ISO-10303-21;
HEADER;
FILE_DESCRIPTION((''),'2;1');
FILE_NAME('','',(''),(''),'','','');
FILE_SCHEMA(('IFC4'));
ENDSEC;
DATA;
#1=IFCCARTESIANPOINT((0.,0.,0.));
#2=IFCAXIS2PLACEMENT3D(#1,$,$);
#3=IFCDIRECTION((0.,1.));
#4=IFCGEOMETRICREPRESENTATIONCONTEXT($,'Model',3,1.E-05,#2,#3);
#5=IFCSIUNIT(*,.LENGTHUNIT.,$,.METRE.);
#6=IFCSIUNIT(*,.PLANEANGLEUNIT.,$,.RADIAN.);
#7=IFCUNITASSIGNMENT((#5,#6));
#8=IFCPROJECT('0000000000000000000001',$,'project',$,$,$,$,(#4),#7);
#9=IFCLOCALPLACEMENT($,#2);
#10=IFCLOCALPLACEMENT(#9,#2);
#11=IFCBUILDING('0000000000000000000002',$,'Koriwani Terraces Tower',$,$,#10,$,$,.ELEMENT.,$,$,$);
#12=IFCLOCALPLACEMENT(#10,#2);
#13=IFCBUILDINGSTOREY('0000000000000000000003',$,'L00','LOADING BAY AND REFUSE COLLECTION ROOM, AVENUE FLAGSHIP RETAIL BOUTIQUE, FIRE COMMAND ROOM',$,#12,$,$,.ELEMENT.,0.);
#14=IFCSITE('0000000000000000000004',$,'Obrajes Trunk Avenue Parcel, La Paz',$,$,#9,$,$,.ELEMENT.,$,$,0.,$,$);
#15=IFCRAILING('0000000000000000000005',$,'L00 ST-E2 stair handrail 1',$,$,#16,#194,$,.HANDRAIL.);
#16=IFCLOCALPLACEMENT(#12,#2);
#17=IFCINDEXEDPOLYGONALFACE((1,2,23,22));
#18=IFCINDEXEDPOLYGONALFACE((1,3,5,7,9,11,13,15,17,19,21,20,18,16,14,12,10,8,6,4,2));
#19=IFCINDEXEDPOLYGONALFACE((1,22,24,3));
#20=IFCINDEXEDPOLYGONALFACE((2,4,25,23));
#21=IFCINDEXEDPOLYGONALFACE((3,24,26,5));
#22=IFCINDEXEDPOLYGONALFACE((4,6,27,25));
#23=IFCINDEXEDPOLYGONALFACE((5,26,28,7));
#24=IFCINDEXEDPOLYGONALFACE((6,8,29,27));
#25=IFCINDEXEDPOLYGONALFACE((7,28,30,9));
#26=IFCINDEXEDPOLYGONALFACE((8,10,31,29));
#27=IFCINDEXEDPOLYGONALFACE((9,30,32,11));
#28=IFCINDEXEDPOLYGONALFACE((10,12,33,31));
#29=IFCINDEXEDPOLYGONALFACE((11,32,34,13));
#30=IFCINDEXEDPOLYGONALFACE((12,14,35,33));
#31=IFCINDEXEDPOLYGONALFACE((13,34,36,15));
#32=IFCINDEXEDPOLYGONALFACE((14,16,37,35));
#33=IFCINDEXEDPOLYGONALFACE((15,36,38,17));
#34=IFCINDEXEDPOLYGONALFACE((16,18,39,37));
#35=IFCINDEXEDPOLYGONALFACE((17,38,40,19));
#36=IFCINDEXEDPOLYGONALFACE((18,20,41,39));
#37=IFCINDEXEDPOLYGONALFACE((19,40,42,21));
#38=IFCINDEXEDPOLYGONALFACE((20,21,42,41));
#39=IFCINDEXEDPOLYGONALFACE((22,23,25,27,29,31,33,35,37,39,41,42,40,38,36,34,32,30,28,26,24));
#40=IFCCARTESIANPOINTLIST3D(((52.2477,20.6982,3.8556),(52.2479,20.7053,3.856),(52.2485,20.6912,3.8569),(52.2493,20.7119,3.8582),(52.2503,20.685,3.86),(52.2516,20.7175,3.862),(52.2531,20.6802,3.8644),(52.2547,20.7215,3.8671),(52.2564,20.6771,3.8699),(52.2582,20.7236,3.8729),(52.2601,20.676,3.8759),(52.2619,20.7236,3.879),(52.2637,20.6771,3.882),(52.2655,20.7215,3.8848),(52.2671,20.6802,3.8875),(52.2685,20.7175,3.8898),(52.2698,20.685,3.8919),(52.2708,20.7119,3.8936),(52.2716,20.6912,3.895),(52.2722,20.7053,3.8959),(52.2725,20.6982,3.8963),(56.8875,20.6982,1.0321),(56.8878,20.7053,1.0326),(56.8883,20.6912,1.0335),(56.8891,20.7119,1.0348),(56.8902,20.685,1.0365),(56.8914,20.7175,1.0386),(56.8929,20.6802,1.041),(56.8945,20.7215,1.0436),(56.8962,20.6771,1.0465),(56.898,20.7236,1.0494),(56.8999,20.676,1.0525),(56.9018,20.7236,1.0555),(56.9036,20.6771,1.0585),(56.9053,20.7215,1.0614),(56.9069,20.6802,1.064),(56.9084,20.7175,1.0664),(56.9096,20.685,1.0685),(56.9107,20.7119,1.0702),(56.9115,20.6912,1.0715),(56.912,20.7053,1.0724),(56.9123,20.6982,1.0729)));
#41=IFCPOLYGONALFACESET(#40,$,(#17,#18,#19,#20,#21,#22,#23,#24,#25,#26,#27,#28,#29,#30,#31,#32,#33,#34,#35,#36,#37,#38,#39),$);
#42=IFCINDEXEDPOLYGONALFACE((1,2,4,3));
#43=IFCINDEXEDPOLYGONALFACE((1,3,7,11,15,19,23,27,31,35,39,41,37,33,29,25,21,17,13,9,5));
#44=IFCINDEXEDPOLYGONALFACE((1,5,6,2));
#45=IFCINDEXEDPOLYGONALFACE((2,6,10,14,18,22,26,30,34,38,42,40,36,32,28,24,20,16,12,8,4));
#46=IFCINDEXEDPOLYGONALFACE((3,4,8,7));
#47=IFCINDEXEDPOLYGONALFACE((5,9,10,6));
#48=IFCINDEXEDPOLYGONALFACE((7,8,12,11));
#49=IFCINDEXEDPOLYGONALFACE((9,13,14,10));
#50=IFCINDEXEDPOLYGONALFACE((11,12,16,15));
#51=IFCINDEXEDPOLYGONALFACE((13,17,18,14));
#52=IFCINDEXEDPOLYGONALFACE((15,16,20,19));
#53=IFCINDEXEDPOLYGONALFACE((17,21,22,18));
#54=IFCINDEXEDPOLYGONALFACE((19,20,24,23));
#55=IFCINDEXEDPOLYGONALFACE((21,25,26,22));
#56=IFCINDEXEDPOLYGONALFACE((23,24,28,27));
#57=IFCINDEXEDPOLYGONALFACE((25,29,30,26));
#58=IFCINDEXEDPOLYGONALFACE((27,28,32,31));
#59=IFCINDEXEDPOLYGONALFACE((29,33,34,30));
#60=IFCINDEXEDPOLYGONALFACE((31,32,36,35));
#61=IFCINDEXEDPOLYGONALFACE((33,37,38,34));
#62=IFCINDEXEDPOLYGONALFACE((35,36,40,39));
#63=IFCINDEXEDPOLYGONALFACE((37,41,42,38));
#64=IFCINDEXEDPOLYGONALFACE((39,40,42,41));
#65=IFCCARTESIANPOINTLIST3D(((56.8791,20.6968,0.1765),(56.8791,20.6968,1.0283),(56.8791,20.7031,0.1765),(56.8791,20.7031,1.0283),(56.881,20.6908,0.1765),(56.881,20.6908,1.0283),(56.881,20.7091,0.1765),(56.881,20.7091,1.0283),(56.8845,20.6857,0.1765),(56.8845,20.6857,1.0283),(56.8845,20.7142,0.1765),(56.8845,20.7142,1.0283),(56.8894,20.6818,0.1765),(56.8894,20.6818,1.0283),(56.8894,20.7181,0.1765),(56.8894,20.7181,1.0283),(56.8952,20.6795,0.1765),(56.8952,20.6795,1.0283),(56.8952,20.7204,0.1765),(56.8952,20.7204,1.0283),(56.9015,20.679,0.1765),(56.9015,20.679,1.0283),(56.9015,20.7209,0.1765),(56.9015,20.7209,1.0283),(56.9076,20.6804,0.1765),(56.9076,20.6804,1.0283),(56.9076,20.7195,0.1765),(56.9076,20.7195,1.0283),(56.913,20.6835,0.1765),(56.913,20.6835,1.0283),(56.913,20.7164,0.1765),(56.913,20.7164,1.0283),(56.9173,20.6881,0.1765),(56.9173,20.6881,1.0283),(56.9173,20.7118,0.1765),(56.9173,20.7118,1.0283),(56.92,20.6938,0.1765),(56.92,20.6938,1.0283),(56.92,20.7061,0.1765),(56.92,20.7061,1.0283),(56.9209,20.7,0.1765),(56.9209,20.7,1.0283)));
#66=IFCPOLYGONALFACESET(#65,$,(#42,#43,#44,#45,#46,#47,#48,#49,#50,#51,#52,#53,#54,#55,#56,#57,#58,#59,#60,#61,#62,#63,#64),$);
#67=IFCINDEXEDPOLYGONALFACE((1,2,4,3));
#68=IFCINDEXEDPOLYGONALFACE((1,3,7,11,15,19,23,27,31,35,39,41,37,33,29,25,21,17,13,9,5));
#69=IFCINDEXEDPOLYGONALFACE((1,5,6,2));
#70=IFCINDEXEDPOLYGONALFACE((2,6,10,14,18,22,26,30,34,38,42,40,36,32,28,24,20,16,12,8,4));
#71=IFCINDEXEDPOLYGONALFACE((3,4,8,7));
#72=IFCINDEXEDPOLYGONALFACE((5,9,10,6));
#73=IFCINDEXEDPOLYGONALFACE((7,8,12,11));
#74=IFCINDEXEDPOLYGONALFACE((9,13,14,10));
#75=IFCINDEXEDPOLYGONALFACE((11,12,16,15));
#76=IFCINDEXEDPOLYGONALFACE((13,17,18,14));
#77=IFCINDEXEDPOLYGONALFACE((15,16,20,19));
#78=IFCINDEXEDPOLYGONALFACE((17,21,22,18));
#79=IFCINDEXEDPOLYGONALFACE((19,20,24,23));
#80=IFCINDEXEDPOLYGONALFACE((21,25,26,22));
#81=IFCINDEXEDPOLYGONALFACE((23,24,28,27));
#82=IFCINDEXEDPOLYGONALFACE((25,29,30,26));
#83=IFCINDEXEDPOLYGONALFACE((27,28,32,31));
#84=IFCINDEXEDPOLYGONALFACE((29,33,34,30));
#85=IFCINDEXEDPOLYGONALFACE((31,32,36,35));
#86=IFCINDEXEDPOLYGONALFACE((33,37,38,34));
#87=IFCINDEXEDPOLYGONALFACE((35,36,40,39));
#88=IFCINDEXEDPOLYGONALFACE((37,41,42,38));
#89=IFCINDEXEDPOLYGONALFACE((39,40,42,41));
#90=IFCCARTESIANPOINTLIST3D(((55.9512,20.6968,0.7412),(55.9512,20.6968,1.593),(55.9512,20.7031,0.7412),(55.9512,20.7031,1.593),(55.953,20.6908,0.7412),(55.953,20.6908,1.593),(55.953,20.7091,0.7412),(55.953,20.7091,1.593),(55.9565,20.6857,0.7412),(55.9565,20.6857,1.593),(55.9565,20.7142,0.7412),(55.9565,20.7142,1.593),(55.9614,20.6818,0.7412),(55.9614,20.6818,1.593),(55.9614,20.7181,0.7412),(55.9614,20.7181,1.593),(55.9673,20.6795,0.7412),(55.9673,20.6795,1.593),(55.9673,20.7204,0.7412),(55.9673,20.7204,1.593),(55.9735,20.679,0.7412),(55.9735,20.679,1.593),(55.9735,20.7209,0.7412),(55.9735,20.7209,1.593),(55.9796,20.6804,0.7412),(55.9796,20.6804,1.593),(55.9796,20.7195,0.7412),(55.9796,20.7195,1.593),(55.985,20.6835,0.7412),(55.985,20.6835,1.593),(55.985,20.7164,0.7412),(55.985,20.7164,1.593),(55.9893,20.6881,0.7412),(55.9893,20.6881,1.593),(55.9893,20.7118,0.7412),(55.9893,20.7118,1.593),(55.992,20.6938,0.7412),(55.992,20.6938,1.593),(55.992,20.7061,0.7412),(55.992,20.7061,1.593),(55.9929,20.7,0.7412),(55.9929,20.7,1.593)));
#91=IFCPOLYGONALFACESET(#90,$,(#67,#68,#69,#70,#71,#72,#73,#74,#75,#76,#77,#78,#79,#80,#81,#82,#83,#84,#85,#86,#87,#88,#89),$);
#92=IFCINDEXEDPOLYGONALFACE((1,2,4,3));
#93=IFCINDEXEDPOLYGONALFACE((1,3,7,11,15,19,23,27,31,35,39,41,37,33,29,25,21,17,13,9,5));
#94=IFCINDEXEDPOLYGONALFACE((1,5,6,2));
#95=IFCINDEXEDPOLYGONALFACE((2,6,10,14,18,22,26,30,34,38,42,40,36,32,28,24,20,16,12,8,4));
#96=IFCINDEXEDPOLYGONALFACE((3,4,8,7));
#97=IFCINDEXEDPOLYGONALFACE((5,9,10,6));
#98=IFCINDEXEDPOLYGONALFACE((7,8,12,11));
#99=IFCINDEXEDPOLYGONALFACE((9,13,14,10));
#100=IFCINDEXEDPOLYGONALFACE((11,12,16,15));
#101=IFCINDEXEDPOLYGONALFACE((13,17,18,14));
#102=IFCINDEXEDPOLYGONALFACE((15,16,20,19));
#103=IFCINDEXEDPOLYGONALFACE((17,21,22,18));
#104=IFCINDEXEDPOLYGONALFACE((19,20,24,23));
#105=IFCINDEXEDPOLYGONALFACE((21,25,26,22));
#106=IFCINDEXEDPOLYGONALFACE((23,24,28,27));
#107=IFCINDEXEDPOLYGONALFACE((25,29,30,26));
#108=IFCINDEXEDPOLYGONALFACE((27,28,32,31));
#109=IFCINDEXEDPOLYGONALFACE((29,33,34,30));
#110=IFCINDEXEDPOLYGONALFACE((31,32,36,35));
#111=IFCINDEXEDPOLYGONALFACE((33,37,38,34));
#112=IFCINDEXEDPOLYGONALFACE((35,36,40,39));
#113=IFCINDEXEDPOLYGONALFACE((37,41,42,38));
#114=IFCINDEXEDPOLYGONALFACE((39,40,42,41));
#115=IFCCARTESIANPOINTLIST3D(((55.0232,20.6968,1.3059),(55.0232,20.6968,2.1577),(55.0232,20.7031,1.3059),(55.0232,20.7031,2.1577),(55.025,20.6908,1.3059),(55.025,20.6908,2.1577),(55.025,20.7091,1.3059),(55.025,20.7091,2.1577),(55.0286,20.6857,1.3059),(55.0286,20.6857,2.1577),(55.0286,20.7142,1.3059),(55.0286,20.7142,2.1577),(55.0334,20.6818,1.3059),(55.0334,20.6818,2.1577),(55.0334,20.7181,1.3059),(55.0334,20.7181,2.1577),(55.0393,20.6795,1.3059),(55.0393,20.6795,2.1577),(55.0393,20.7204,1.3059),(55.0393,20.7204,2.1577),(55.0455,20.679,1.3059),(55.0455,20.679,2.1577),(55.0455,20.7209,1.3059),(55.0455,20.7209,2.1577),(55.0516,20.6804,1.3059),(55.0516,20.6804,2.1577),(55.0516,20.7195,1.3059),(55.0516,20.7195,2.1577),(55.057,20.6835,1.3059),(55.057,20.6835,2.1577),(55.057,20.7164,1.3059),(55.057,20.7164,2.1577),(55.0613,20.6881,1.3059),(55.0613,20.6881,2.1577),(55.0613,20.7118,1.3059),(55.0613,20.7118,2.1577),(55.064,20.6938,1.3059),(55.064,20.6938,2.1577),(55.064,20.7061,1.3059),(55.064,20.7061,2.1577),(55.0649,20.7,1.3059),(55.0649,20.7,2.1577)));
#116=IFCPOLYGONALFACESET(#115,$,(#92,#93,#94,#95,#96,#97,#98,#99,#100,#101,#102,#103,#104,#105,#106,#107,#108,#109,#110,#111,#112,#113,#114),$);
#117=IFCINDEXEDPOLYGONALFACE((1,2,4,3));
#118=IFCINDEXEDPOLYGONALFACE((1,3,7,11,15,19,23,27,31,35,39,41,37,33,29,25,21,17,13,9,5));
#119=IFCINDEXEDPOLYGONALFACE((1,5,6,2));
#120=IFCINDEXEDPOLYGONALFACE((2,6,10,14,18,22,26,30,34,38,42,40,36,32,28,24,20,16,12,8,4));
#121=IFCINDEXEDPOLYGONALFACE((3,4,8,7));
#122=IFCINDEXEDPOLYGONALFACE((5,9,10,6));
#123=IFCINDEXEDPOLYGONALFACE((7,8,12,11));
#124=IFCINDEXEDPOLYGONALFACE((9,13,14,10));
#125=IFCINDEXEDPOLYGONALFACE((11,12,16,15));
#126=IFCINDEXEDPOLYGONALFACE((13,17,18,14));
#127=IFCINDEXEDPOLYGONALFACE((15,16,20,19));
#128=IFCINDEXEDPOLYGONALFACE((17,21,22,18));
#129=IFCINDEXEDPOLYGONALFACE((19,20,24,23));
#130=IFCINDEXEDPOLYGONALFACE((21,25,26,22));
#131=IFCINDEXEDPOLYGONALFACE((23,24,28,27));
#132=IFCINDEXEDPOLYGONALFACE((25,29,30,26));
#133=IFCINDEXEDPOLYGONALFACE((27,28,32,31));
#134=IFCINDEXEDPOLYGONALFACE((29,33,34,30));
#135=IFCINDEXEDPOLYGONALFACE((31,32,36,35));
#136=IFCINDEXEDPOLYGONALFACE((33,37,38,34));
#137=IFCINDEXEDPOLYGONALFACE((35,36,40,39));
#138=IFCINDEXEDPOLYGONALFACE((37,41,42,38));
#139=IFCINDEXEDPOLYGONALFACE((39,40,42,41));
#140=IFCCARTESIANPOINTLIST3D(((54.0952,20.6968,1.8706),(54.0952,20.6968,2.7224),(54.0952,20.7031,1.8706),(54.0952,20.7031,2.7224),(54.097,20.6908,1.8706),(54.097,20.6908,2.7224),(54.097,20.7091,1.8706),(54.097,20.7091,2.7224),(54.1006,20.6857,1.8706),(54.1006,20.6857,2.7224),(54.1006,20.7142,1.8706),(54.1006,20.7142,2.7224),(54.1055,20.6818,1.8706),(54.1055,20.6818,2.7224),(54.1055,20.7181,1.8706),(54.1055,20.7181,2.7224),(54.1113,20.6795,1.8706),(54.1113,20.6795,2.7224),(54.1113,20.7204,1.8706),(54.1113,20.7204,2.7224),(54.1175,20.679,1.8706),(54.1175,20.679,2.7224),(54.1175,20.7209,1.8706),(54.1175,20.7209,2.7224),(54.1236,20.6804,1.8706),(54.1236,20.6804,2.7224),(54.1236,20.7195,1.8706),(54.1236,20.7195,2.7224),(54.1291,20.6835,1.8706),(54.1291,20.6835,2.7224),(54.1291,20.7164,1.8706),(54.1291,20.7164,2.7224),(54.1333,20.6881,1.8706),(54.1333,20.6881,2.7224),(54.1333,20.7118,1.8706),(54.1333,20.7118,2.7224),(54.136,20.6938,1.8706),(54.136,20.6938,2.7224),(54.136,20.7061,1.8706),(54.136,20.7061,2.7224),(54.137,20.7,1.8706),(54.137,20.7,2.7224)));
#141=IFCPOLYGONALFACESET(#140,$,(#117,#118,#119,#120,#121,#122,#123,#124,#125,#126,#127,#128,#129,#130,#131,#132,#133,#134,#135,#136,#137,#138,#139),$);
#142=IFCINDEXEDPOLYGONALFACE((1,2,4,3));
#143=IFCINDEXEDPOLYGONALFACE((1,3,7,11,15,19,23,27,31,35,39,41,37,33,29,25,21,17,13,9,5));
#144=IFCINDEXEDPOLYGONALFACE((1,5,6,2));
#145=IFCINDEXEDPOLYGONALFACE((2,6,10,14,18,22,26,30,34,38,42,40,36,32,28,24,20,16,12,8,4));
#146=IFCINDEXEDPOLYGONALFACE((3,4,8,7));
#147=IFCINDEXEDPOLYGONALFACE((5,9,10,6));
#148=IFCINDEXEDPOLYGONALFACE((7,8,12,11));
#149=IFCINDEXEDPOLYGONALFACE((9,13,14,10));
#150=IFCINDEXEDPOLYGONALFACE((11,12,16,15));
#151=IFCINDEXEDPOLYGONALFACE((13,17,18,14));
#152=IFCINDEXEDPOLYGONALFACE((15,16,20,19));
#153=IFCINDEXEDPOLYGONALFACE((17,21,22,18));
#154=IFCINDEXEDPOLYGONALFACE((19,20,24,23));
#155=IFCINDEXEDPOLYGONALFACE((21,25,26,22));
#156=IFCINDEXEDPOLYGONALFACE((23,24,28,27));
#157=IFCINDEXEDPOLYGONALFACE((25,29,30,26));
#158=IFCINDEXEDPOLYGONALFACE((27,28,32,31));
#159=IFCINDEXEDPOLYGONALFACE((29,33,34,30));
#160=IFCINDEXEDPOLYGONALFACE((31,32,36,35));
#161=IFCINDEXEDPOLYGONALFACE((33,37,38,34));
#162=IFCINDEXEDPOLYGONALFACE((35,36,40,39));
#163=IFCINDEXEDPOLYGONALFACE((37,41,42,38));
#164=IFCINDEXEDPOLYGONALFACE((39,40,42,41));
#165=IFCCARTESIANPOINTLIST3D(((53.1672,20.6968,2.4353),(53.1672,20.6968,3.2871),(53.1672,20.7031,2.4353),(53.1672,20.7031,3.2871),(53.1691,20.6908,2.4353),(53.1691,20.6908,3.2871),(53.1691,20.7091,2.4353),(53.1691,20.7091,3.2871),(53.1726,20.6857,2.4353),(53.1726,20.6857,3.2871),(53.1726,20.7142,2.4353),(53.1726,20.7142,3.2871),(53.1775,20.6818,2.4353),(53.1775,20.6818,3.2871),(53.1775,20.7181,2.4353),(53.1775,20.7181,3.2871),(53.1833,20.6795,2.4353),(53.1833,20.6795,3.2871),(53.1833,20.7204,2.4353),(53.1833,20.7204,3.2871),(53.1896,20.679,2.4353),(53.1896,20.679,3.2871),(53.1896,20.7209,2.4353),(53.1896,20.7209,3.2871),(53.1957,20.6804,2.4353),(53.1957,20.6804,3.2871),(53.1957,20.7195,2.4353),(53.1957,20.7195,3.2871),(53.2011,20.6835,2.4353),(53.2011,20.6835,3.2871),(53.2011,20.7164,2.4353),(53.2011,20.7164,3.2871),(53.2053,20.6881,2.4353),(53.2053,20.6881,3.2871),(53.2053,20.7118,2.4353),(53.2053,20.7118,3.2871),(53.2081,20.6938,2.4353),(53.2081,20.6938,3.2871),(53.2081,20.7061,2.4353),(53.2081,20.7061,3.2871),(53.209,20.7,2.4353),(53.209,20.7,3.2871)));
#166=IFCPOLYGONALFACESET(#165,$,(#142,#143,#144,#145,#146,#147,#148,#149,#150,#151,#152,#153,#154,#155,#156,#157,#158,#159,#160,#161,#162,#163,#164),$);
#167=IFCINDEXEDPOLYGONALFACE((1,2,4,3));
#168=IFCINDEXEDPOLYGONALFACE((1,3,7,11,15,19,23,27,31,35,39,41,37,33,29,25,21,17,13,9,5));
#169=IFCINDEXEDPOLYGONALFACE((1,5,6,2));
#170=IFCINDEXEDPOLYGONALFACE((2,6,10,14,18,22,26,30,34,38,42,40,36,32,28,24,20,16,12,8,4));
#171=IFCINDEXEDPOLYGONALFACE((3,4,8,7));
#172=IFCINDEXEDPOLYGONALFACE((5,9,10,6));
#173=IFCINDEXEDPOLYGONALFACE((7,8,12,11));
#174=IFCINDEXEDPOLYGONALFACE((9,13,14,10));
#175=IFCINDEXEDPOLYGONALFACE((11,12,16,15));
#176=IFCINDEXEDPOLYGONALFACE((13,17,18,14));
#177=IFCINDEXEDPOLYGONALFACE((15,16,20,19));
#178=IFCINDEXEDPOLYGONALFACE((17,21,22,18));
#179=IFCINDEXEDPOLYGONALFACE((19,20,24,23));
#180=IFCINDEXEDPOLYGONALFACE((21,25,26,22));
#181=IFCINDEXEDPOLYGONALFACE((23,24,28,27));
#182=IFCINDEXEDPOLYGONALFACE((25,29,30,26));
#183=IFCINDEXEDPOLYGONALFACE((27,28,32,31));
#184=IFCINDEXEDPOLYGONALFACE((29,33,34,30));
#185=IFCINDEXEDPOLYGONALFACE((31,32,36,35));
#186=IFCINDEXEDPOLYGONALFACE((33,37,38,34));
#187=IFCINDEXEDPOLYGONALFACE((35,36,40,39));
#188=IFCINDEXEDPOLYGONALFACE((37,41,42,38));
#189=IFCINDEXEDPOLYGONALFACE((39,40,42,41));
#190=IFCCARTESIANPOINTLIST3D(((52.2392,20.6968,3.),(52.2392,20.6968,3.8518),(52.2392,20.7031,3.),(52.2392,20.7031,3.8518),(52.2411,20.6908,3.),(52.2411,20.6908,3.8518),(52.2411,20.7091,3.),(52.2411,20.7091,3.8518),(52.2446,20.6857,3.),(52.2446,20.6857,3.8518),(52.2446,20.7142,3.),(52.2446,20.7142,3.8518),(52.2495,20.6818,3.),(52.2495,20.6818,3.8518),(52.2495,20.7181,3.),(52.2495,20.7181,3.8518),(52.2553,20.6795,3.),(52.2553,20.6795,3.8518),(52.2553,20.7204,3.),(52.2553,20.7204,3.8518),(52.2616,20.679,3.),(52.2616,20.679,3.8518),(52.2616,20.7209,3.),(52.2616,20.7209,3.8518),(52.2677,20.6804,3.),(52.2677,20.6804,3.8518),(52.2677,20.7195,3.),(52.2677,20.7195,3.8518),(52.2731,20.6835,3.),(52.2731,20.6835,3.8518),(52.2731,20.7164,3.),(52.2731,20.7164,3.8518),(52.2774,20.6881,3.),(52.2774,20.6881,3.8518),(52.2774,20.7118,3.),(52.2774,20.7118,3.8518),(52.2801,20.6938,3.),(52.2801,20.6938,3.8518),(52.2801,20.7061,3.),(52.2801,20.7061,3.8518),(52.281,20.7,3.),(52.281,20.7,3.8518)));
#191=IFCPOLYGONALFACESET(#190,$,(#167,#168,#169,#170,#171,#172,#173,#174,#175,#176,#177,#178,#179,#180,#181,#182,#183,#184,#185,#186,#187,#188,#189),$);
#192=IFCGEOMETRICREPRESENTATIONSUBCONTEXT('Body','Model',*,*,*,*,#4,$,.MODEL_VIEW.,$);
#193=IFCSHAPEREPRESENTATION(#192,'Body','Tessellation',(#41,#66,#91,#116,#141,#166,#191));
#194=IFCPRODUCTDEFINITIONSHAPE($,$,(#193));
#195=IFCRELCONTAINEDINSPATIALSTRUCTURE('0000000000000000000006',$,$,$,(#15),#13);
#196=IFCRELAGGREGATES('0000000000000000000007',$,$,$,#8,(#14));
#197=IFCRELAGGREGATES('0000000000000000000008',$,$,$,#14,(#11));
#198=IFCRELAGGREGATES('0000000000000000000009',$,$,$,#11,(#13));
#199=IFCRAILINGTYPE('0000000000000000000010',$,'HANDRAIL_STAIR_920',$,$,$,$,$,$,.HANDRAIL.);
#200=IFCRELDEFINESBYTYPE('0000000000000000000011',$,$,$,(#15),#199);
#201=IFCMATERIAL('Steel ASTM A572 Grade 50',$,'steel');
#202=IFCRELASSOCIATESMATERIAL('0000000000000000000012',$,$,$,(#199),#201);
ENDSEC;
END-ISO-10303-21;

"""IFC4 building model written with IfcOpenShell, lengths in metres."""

from ifc_helpers import new_model, si_unit, direction, frame, origin, origin_2d, place, context, subcontext, project, spatial, circle, extrude, material, type_object, element, save


model = new_model("IFC4")

# Units and contexts
model_context = context("Model", 3, precision=1e-05, world=origin(), true_north=direction((0.0, 1.0)))
body_context = subcontext(model_context, "Body", "Model", "MODEL_VIEW")
ifc_project = project(units=[si_unit("LENGTHUNIT", "METRE"), si_unit("PLANEANGLEUNIT", "RADIAN")], contexts=[model_context])

# Site, building, storey
site_placement = place(None, origin())
site = spatial("IfcSite", under=ifc_project, at=site_placement, Name="Obrajes Trunk Avenue Parcel, La Paz", CompositionType="ELEMENT", RefElevation=0.0)
building_placement = place(site_placement, origin())
building = spatial("IfcBuilding", under=site, at=building_placement, Name="Koriwani Terraces Tower", CompositionType="ELEMENT")
storey_placement = place(building_placement, origin())
storey = spatial("IfcBuildingStorey", under=building, at=storey_placement, Name="L00", Description="LOADING BAY AND REFUSE COLLECTION ROOM, AVENUE FLAGSHIP RETAIL BOUTIQUE, FIRE COMMAND ROOM", CompositionType="ELEMENT", Elevation=0.0)

# Shared definitions
ifc_material_1 = material(Name="Steel ASTM A572 Grade 50", Category="steel")

# Railing
railing_type_1 = type_object("IfcRailingType", Name="HANDRAIL_STAIR_920", PredefinedType="HANDRAIL", material=ifc_material_1)
railing_1_placement = place(storey_placement, frame((56.8999, 20.7, 0.1765)))
element("IfcRailing", 1, at=railing_1_placement, inside=storey, type_object=railing_type_1, Name="L00 ST-E2 stair handrail 1", PredefinedType="HANDRAIL", context=body_context, shape_type="SweptSolid", body=[
    extrude(circle(Radius=0.0239, at=origin_2d()), frame((0.0, 0.0, 0.876), z_axis=(-0.854264, 0.0, 0.51984), x_axis=(0.0, -1.0, 0.0)), (0.0, 0.0, 1.0), 5.4314),
    extrude(circle(Radius=0.021, at=origin_2d()), origin(), (0.0, 0.0, 1.0), 0.8518),
    extrude(circle(Radius=0.021, at=origin_2d()), frame((-0.928, 0.0, 0.5647)), (0.0, 0.0, 1.0), 0.8518),
    extrude(circle(Radius=0.021, at=origin_2d()), frame((-1.856, 0.0, 1.1294)), (0.0, 0.0, 1.0), 0.8518),
    extrude(circle(Radius=0.021, at=origin_2d()), frame((-2.7839, 0.0, 1.6941)), (0.0, 0.0, 1.0), 0.8518),
    extrude(circle(Radius=0.021, at=origin_2d()), frame((-3.7119, 0.0, 2.2588)), (0.0, 0.0, 1.0), 0.8518),
    extrude(circle(Radius=0.021, at=origin_2d()), frame((-4.6399, 0.0, 2.8235)), (0.0, 0.0, 1.0), 0.8518),
])

save(model, "model.ifc")
